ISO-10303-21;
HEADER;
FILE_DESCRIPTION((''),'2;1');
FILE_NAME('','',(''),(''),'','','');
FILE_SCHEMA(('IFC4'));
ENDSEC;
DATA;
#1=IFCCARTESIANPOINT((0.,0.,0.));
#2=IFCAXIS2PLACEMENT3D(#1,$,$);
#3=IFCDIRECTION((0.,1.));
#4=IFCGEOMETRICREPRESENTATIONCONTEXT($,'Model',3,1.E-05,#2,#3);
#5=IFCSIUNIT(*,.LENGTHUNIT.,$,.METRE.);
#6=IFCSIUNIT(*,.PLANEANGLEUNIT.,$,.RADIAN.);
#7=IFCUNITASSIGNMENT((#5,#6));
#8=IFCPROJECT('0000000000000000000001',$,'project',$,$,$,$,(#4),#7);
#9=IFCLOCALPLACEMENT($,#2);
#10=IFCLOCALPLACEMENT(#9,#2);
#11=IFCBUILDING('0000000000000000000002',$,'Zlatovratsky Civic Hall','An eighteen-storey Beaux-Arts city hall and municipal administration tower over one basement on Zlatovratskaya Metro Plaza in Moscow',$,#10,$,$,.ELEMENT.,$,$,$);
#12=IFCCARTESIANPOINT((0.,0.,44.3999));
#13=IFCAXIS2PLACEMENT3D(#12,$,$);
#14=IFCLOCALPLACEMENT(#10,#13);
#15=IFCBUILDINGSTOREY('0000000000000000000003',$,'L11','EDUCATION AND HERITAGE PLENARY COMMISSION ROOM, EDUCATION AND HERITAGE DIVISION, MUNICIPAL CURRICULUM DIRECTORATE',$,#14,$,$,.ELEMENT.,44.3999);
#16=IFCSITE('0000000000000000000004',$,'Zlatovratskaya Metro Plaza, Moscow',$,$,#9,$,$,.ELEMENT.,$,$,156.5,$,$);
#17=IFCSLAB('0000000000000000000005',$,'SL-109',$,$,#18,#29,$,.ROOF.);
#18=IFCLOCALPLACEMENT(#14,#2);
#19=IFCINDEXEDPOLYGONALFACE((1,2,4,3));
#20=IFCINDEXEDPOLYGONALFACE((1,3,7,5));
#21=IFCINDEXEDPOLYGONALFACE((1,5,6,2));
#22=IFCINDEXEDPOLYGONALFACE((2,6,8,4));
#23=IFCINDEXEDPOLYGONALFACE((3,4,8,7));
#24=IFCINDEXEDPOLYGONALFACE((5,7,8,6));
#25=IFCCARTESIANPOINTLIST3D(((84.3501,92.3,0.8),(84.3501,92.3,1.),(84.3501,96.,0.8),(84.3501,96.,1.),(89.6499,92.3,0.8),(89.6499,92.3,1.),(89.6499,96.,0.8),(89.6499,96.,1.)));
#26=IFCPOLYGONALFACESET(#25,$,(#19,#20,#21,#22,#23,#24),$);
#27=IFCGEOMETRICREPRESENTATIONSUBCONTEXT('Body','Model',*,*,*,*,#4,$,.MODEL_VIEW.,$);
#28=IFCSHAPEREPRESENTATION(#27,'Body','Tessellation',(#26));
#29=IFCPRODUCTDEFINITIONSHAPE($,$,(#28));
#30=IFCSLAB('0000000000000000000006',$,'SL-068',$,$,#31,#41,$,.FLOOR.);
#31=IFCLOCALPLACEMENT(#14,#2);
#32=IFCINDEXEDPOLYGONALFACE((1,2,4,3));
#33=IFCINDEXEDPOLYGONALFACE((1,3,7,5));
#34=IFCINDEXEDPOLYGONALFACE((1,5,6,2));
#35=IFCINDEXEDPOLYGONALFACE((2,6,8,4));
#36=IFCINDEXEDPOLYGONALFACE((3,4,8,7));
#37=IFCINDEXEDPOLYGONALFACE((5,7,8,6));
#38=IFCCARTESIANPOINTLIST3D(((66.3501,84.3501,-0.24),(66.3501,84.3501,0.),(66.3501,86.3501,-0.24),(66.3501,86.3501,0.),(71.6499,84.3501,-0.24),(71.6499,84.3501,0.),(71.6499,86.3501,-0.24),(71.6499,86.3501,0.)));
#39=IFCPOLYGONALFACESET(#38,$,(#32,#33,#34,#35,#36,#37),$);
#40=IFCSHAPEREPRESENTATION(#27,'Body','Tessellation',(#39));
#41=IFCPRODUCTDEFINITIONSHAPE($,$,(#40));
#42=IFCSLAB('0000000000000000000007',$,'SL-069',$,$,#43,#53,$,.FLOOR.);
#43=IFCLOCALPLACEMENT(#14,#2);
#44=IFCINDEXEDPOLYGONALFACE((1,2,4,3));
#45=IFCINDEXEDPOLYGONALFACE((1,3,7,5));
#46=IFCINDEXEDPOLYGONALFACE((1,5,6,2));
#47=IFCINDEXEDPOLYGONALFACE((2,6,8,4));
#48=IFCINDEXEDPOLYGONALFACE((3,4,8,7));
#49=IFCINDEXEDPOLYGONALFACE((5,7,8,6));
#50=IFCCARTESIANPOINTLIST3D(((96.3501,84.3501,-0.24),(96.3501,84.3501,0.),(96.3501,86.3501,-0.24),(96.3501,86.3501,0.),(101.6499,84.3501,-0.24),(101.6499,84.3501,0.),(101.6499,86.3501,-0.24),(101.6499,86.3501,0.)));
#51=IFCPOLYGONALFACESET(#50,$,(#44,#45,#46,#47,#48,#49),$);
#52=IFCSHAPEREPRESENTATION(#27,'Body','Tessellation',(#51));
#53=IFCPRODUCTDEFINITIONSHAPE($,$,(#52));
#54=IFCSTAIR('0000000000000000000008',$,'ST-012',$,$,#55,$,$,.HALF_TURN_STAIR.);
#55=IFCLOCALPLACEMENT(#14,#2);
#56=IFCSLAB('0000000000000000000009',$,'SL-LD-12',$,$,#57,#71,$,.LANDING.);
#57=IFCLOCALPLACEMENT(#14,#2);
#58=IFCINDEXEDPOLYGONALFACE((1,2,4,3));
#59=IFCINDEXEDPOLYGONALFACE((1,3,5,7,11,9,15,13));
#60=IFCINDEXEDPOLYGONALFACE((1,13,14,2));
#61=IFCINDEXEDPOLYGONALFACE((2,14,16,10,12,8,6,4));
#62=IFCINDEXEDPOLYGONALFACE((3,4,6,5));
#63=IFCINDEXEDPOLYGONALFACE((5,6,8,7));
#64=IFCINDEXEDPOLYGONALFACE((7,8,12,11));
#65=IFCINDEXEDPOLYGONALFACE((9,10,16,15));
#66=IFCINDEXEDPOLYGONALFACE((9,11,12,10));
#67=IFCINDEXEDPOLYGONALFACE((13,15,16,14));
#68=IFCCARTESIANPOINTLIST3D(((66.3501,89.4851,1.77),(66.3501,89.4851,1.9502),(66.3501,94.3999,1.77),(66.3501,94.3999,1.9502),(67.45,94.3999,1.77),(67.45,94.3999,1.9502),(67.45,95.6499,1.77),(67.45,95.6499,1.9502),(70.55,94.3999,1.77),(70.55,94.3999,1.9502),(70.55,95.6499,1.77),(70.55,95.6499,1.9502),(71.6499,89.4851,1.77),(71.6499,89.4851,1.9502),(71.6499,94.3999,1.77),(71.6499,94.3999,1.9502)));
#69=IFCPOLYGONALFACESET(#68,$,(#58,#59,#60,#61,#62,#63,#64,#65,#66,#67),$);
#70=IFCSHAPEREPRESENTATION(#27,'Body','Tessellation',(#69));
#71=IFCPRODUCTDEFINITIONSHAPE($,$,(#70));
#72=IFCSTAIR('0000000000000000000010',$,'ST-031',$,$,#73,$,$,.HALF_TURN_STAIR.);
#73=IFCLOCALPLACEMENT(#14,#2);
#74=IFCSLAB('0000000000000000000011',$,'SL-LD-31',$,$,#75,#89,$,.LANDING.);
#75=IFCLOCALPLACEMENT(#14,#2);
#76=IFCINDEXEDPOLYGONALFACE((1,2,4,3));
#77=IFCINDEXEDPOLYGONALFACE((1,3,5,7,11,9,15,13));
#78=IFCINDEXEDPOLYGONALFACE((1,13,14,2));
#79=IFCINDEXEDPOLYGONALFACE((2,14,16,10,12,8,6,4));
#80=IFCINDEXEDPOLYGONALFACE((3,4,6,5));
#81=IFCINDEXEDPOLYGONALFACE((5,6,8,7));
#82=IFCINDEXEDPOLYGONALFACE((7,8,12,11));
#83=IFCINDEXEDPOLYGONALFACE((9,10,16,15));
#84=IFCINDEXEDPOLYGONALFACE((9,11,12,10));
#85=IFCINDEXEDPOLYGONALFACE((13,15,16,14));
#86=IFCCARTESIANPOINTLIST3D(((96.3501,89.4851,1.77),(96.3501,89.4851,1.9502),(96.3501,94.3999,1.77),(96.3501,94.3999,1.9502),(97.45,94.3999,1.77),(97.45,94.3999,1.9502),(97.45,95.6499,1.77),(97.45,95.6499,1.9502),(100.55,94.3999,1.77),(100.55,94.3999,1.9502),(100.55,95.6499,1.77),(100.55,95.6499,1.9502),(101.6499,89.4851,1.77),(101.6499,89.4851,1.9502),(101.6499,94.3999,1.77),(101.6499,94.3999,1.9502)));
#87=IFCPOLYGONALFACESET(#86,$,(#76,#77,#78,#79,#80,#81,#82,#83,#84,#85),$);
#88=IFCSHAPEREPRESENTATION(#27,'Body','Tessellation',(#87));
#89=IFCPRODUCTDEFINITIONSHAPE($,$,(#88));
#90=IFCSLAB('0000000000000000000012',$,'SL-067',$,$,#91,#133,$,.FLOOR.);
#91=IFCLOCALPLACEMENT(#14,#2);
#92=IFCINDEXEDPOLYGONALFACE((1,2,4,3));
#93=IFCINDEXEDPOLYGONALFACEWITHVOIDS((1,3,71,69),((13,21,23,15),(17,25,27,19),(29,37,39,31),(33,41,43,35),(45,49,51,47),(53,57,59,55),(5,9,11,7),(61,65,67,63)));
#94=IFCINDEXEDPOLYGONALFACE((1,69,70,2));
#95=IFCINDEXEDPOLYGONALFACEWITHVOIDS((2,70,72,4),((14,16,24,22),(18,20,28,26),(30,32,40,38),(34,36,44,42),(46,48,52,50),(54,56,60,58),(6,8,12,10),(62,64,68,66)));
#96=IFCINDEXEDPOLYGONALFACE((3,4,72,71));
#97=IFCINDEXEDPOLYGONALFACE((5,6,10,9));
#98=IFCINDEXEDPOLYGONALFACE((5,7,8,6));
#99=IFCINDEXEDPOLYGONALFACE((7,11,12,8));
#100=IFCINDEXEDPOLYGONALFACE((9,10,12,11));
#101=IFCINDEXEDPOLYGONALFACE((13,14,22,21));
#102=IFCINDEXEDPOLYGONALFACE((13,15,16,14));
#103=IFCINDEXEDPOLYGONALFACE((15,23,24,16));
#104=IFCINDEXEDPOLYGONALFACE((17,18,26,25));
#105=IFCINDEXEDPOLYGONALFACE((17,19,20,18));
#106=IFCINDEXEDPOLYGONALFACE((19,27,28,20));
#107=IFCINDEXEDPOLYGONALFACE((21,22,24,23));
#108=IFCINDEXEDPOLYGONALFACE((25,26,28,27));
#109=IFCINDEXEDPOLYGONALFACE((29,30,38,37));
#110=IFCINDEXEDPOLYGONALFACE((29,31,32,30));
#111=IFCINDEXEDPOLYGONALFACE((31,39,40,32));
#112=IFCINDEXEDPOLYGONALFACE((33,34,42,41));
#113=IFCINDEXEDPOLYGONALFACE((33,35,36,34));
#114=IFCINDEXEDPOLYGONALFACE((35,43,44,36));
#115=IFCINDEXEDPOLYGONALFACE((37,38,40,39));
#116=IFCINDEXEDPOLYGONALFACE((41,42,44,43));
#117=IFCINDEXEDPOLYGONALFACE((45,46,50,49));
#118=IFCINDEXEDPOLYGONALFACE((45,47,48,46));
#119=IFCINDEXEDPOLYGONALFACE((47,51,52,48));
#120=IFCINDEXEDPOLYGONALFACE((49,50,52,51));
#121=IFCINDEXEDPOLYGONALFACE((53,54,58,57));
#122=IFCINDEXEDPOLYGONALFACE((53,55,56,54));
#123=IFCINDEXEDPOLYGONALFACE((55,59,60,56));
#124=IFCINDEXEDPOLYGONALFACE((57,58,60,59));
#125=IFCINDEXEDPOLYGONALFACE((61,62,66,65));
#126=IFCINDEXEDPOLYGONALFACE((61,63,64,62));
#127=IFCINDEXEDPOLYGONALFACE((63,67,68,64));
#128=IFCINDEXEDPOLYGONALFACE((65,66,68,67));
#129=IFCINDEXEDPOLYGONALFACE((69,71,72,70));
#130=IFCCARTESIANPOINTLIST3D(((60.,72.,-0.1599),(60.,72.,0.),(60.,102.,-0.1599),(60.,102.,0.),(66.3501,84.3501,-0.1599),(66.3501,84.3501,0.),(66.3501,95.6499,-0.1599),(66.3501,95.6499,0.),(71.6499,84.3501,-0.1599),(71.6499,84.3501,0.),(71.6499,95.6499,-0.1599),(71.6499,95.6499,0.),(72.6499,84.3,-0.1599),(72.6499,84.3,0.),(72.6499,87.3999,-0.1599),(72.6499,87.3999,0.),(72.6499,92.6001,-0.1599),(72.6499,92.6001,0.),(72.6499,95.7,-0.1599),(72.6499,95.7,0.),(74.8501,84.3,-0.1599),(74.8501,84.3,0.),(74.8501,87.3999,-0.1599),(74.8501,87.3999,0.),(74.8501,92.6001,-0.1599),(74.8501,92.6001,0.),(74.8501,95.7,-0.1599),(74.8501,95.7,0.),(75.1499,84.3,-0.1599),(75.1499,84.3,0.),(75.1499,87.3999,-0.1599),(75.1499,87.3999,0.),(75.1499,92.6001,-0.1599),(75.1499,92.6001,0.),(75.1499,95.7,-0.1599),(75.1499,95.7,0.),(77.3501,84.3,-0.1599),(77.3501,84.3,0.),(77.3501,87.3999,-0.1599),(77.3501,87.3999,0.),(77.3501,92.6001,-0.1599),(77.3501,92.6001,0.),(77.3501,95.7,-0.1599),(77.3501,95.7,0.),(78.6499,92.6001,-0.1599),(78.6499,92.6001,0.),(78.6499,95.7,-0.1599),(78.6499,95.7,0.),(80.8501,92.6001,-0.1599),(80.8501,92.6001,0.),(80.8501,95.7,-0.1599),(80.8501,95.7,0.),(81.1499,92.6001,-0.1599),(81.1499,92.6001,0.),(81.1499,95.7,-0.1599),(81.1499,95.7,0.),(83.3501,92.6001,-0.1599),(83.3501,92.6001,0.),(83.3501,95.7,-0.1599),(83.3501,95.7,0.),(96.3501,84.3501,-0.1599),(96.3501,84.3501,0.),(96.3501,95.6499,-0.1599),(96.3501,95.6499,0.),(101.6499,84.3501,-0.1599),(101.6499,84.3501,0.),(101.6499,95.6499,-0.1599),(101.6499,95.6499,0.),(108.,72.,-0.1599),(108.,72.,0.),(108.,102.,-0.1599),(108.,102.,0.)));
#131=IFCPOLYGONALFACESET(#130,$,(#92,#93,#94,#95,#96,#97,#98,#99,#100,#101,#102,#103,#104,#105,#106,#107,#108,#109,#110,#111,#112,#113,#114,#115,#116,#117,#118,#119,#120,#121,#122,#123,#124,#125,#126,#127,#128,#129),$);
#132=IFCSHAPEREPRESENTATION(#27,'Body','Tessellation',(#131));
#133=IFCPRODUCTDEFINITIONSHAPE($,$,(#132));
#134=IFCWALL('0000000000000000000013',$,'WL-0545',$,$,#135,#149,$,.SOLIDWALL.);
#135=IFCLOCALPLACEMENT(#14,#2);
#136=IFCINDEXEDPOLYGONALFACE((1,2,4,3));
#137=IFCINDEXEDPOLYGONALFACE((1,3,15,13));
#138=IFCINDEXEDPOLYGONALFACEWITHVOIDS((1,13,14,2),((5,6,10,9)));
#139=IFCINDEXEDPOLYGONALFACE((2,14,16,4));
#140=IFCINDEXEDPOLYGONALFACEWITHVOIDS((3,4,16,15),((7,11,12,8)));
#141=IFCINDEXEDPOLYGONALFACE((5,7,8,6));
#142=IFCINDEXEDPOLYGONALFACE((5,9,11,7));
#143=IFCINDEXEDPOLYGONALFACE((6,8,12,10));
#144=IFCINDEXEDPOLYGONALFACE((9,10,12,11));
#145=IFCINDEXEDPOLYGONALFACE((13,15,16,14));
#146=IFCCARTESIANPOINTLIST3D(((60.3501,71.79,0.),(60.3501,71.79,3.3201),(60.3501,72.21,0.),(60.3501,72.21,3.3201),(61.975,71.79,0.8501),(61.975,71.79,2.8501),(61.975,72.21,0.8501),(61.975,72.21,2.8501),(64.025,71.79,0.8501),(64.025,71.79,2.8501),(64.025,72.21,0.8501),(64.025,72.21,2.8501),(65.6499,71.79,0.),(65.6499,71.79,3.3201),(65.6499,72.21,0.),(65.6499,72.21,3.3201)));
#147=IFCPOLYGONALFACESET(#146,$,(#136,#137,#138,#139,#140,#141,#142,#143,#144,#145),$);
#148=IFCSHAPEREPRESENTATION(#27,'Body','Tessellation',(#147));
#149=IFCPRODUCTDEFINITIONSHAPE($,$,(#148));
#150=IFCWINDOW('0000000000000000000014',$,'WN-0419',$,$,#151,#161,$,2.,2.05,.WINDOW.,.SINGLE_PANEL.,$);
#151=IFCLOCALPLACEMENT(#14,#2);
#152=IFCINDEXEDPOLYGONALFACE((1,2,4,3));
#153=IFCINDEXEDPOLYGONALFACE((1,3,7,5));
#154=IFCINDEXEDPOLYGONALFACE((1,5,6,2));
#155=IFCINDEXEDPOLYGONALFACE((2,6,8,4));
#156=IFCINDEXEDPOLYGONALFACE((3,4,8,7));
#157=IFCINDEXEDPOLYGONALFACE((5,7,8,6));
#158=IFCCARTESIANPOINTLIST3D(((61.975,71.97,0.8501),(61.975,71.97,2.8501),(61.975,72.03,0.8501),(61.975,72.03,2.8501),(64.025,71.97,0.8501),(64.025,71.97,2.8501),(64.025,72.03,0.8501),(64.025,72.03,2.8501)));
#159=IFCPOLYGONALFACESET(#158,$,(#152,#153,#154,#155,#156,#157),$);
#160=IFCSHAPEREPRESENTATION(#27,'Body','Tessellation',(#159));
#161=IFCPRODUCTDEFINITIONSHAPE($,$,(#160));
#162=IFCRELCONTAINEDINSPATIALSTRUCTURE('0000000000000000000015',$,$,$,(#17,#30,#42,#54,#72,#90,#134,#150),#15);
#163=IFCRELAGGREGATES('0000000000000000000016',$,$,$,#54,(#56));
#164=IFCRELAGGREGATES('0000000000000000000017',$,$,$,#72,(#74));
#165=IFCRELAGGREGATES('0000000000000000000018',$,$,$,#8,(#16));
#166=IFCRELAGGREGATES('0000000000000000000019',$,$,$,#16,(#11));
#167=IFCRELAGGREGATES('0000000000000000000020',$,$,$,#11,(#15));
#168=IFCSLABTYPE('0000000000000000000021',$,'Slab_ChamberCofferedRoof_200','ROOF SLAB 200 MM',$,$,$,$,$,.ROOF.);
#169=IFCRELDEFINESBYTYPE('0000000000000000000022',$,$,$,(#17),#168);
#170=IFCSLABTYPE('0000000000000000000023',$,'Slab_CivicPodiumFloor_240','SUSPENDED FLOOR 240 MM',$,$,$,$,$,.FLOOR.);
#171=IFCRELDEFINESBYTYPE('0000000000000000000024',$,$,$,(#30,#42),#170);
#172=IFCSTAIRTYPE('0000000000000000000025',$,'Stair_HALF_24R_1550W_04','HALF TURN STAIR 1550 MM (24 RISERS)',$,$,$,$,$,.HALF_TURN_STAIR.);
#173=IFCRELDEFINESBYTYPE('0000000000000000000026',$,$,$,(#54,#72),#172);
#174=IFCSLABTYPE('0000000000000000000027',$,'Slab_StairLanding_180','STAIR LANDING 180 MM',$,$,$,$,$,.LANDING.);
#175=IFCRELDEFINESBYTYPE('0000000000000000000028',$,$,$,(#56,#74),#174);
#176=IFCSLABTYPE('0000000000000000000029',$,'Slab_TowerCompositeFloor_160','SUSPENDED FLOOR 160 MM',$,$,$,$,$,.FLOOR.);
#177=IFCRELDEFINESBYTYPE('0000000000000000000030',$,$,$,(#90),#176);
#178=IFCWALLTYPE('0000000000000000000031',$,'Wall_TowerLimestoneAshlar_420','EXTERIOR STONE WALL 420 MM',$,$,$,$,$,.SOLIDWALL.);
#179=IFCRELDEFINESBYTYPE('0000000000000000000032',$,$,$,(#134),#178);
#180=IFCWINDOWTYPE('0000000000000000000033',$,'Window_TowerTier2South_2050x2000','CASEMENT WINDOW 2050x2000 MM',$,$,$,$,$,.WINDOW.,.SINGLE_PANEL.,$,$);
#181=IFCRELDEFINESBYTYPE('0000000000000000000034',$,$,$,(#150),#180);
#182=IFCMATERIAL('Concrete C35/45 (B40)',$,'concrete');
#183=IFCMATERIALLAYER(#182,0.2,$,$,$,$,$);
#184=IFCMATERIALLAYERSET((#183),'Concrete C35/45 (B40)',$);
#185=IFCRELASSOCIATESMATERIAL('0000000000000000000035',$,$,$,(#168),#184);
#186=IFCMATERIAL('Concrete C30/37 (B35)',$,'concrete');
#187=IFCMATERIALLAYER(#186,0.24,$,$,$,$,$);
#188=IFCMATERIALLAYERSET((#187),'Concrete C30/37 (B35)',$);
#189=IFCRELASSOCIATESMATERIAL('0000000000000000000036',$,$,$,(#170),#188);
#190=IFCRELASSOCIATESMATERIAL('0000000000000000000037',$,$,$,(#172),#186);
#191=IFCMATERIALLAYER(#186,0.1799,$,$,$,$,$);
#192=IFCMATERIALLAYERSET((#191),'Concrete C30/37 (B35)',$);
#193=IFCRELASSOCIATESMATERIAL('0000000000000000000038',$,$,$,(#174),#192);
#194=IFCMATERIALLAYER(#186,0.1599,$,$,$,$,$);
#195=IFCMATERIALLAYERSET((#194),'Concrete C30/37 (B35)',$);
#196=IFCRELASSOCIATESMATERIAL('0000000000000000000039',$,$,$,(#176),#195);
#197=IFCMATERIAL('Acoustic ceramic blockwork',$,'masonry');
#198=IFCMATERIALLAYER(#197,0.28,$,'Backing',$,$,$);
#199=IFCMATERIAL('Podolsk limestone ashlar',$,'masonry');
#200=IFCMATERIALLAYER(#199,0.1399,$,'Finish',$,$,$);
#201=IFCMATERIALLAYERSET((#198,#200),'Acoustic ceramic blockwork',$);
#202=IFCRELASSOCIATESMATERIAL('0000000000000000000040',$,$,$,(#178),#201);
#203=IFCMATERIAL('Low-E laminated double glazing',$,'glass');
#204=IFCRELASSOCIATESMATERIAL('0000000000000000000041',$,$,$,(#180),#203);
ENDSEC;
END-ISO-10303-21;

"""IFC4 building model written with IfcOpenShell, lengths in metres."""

from ifc_helpers import new_model, si_unit, direction, frame, frame_2d, origin, place, context, subcontext, project, spatial, polyline, rectangle, outline, extrude, material, layer, layer_set, type_object, element, fill, aggregate, save


model = new_model("IFC4")

# Units and contexts
model_context = context("Model", 3, precision=1e-05, world=origin(), true_north=direction((0.0, 1.0)))
body_context = subcontext(model_context, "Body", "Model", "MODEL_VIEW")
ifc_project = project(units=[si_unit("LENGTHUNIT", "METRE"), si_unit("PLANEANGLEUNIT", "RADIAN")], contexts=[model_context])

# Site, building, storey
site_placement = place(None, origin())
site = spatial("IfcSite", under=ifc_project, at=site_placement, Name="Zlatovratskaya Metro Plaza, Moscow", CompositionType="ELEMENT", RefElevation=156.5)
building_placement = place(site_placement, origin())
building = spatial("IfcBuilding", under=site, at=building_placement, Name="Zlatovratsky Civic Hall", Description="An eighteen-storey Beaux-Arts city hall and municipal administration tower over one basement on Zlatovratskaya Metro Plaza in Moscow", CompositionType="ELEMENT")
storey_placement = place(building_placement, frame((0.0, 0.0, 44.3999)))
storey = spatial("IfcBuildingStorey", under=building, at=storey_placement, Name="L11", Description="EDUCATION AND HERITAGE PLENARY COMMISSION ROOM, EDUCATION AND HERITAGE DIVISION, MUNICIPAL CURRICULUM DIRECTORATE", CompositionType="ELEMENT", Elevation=44.3999)

# Shared definitions
ifc_material_1 = material(Name="Concrete C35/45 (B40)", Category="concrete")

# Slabs
ifc_layer_1 = layer(ifc_material_1, 0.2)
ifc_layer_set_1 = layer_set([ifc_layer_1], Name="Concrete C35/45 (B40)")
slab_type_1 = type_object("IfcSlabType", Name="Slab_ChamberCofferedRoof_200", Description="ROOF SLAB 200 MM", PredefinedType="ROOF", material=ifc_layer_set_1)
slab_1_placement = place(storey_placement, frame((0.0, 0.0, 0.8)))
element("IfcSlab", 1, at=slab_1_placement, inside=storey, type_object=slab_type_1, Name="SL-109", PredefinedType="ROOF", context=body_context, shape_type="SweptSolid", body=[
    extrude(outline(polyline([(84.3501, 92.3), (89.6499, 92.3), (89.6499, 96.0), (84.3501, 96.0), (84.3501, 92.3)])), origin(), (0.0, 0.0, 1.0), 0.2),
])
ifc_material_2 = material(Name="Concrete C30/37 (B35)", Category="concrete")
ifc_layer_2 = layer(ifc_material_2, 0.24)
ifc_layer_set_2 = layer_set([ifc_layer_2], Name="Concrete C30/37 (B35)")
slab_type_2 = type_object("IfcSlabType", Name="Slab_CivicPodiumFloor_240", Description="SUSPENDED FLOOR 240 MM", PredefinedType="FLOOR", material=ifc_layer_set_2)
slab_2_placement = place(storey_placement, frame((0.0, 0.0, -0.24)))
element("IfcSlab", 2, at=slab_2_placement, inside=storey, type_object=slab_type_2, Name="SL-068", PredefinedType="FLOOR", context=body_context, shape_type="SweptSolid", body=[
    extrude(outline(polyline([(66.3501, 84.3501), (71.6499, 84.3501), (71.6499, 86.3501), (66.3501, 86.3501), (66.3501, 84.3501)])), origin(), (0.0, 0.0, 1.0), 0.24),
])
slab_3_placement = place(storey_placement, frame((0.0, 0.0, -0.24)))
element("IfcSlab", 3, at=slab_3_placement, inside=storey, type_object=slab_type_2, Name="SL-069", PredefinedType="FLOOR", context=body_context, shape_type="SweptSolid", body=[
    extrude(outline(polyline([(96.3501, 84.3501), (101.6499, 84.3501), (101.6499, 86.3501), (96.3501, 86.3501), (96.3501, 84.3501)])), origin(), (0.0, 0.0, 1.0), 0.24),
])

# Stairs, slabs
stair_type = type_object("IfcStairType", Name="Stair_HALF_24R_1550W_04", Description="HALF TURN STAIR 1550 MM (24 RISERS)", PredefinedType="HALF_TURN_STAIR", material=ifc_material_2)
stair_1_placement = place(storey_placement, origin())
stair_1 = element("IfcStair", 4, at=stair_1_placement, inside=storey, type_object=stair_type, Name="ST-012", PredefinedType="HALF_TURN_STAIR")
ifc_layer_3 = layer(ifc_material_2, 0.1799)
ifc_layer_set_3 = layer_set([ifc_layer_3], Name="Concrete C30/37 (B35)")
slab_type_3 = type_object("IfcSlabType", Name="Slab_StairLanding_180", Description="STAIR LANDING 180 MM", PredefinedType="LANDING", material=ifc_layer_set_3)
slab_4_placement = place(storey_placement, frame((0.0, 0.0, 1.77)))
slab_4 = element("IfcSlab", 5, at=slab_4_placement, type_object=slab_type_3, Name="SL-LD-12", PredefinedType="LANDING", context=body_context, shape_type="SweptSolid", body=[
    extrude(outline(polyline([(66.3501, 89.4851), (71.6499, 89.4851), (71.6499, 94.3999), (70.55, 94.3999), (70.55, 95.6499), (67.45, 95.6499), (67.45, 94.3999), (66.3501, 94.3999), (66.3501, 89.4851)])), origin(), (0.0, 0.0, 1.0), 0.1802),
])
aggregate(stair_1, [slab_4])
stair_2_placement = place(storey_placement, origin())
stair_2 = element("IfcStair", 6, at=stair_2_placement, inside=storey, type_object=stair_type, Name="ST-031", PredefinedType="HALF_TURN_STAIR")
slab_5_placement = place(storey_placement, frame((0.0, 0.0, 1.77)))
slab_5 = element("IfcSlab", 7, at=slab_5_placement, type_object=slab_type_3, Name="SL-LD-31", PredefinedType="LANDING", context=body_context, shape_type="SweptSolid", body=[
    extrude(outline(polyline([(96.3501, 89.4851), (101.6499, 89.4851), (101.6499, 94.3999), (100.55, 94.3999), (100.55, 95.6499), (97.45, 95.6499), (97.45, 94.3999), (96.3501, 94.3999), (96.3501, 89.4851)])), origin(), (0.0, 0.0, 1.0), 0.1802),
])
aggregate(stair_2, [slab_5])

# Slab
ifc_layer_4 = layer(ifc_material_2, 0.1599)
ifc_layer_set_4 = layer_set([ifc_layer_4], Name="Concrete C30/37 (B35)")
slab_type_4 = type_object("IfcSlabType", Name="Slab_TowerCompositeFloor_160", Description="SUSPENDED FLOOR 160 MM", PredefinedType="FLOOR", material=ifc_layer_set_4)
slab_6_placement = place(storey_placement, frame((0.0, 0.0, -0.1599)))
element("IfcSlab", 8, at=slab_6_placement, inside=storey, type_object=slab_type_4, Name="SL-067", PredefinedType="FLOOR", context=body_context, shape_type="SweptSolid", body=[
    extrude(outline(polyline([(60.0, 72.0), (108.0, 72.0), (108.0, 102.0), (60.0, 102.0), (60.0, 72.0)]), holes=[polyline([(66.3501, 84.3501), (71.6499, 84.3501), (71.6499, 95.6499), (66.3501, 95.6499), (66.3501, 84.3501)]), polyline([(96.3501, 84.3501), (101.6499, 84.3501), (101.6499, 95.6499), (96.3501, 95.6499), (96.3501, 84.3501)]), polyline([(72.6499, 84.3), (74.8501, 84.3), (74.8501, 87.3999), (72.6499, 87.3999), (72.6499, 84.3)]), polyline([(75.1499, 84.3), (77.3501, 84.3), (77.3501, 87.3999), (75.1499, 87.3999), (75.1499, 84.3)]), polyline([(72.6499, 92.6001), (74.8501, 92.6001), (74.8501, 95.7), (72.6499, 95.7), (72.6499, 92.6001)]), polyline([(75.1499, 92.6001), (77.3501, 92.6001), (77.3501, 95.7), (75.1499, 95.7), (75.1499, 92.6001)]), polyline([(78.6499, 92.6001), (80.8501, 92.6001), (80.8501, 95.7), (78.6499, 95.7), (78.6499, 92.6001)]), polyline([(81.1499, 92.6001), (83.3501, 92.6001), (83.3501, 95.7), (81.1499, 95.7), (81.1499, 92.6001)])]), origin(), (0.0, 0.0, 1.0), 0.1599),
])

# Wall, opening, window
ifc_material_3 = material(Name="Acoustic ceramic blockwork", Category="masonry")
ifc_layer_5 = layer(ifc_material_3, 0.28, Name="Backing")
ifc_material_4 = material(Name="Podolsk limestone ashlar", Category="masonry")
ifc_layer_6 = layer(ifc_material_4, 0.1399, Name="Finish")
ifc_layer_set_5 = layer_set([ifc_layer_5, ifc_layer_6], Name="Acoustic ceramic blockwork")
wall_type = type_object("IfcWallType", Name="Wall_TowerLimestoneAshlar_420", Description="EXTERIOR STONE WALL 420 MM", PredefinedType="SOLIDWALL", material=ifc_layer_set_5)
wall_1_placement = place(storey_placement, frame((60.3501, 72.0, 0.0), z_axis=(0.0, 0.0, 1.0), x_axis=(1.0, 0.0, 0.0)))
wall_1 = element("IfcWall", 9, at=wall_1_placement, inside=storey, type_object=wall_type, Name="WL-0545", PredefinedType="SOLIDWALL", context=body_context, shape_type="SweptSolid", body=[
    extrude(rectangle(XDim=5.2998, YDim=0.4199, at=frame_2d((2.6499, 0.0))), origin(), (0.0, 0.0, 1.0), 3.3201),
])
opening_1_placement = place(wall_1_placement, frame((1.625, 0.0, 0.8501)))
opening_1 = element("IfcOpeningElement", 10, at=opening_1_placement, cuts=wall_1, PredefinedType="OPENING", context=body_context, shape_type="SweptSolid", body=[
    extrude(rectangle(XDim=2.05, YDim=2.0, at=frame_2d((1.0249, 1.0))), frame((0.0, 0.2249, 0.0), z_axis=(0.0, -1.0, 0.0), x_axis=(1.0, 0.0, 0.0)), (0.0, 0.0, 1.0), 0.4497),
])
ifc_material_5 = material(Name="Low-E laminated double glazing", Category="glass")
window_type_1 = type_object("IfcWindowType", Name="Window_TowerTier2South_2050x2000", Description="CASEMENT WINDOW 2050x2000 MM", PartitioningType="SINGLE_PANEL", PredefinedType="WINDOW", material=ifc_material_5)
window_1_placement = place(opening_1_placement, origin())
window_1 = element("IfcWindow", 11, at=window_1_placement, inside=storey, type_object=window_type_1, Name="WN-0419", OverallHeight=2.0, OverallWidth=2.05, PartitioningType="SINGLE_PANEL", PredefinedType="WINDOW", context=body_context, shape_type="SweptSolid", body=[
    extrude(rectangle(XDim=2.05, YDim=2.0, at=frame_2d((1.0249, 1.0))), frame((0.0, 0.03, 0.0), z_axis=(0.0, -1.0, 0.0), x_axis=(1.0, 0.0, 0.0)), (0.0, 0.0, 1.0), 0.0601),
])
fill(opening_1, window_1)

save(model, "model.ifc")
